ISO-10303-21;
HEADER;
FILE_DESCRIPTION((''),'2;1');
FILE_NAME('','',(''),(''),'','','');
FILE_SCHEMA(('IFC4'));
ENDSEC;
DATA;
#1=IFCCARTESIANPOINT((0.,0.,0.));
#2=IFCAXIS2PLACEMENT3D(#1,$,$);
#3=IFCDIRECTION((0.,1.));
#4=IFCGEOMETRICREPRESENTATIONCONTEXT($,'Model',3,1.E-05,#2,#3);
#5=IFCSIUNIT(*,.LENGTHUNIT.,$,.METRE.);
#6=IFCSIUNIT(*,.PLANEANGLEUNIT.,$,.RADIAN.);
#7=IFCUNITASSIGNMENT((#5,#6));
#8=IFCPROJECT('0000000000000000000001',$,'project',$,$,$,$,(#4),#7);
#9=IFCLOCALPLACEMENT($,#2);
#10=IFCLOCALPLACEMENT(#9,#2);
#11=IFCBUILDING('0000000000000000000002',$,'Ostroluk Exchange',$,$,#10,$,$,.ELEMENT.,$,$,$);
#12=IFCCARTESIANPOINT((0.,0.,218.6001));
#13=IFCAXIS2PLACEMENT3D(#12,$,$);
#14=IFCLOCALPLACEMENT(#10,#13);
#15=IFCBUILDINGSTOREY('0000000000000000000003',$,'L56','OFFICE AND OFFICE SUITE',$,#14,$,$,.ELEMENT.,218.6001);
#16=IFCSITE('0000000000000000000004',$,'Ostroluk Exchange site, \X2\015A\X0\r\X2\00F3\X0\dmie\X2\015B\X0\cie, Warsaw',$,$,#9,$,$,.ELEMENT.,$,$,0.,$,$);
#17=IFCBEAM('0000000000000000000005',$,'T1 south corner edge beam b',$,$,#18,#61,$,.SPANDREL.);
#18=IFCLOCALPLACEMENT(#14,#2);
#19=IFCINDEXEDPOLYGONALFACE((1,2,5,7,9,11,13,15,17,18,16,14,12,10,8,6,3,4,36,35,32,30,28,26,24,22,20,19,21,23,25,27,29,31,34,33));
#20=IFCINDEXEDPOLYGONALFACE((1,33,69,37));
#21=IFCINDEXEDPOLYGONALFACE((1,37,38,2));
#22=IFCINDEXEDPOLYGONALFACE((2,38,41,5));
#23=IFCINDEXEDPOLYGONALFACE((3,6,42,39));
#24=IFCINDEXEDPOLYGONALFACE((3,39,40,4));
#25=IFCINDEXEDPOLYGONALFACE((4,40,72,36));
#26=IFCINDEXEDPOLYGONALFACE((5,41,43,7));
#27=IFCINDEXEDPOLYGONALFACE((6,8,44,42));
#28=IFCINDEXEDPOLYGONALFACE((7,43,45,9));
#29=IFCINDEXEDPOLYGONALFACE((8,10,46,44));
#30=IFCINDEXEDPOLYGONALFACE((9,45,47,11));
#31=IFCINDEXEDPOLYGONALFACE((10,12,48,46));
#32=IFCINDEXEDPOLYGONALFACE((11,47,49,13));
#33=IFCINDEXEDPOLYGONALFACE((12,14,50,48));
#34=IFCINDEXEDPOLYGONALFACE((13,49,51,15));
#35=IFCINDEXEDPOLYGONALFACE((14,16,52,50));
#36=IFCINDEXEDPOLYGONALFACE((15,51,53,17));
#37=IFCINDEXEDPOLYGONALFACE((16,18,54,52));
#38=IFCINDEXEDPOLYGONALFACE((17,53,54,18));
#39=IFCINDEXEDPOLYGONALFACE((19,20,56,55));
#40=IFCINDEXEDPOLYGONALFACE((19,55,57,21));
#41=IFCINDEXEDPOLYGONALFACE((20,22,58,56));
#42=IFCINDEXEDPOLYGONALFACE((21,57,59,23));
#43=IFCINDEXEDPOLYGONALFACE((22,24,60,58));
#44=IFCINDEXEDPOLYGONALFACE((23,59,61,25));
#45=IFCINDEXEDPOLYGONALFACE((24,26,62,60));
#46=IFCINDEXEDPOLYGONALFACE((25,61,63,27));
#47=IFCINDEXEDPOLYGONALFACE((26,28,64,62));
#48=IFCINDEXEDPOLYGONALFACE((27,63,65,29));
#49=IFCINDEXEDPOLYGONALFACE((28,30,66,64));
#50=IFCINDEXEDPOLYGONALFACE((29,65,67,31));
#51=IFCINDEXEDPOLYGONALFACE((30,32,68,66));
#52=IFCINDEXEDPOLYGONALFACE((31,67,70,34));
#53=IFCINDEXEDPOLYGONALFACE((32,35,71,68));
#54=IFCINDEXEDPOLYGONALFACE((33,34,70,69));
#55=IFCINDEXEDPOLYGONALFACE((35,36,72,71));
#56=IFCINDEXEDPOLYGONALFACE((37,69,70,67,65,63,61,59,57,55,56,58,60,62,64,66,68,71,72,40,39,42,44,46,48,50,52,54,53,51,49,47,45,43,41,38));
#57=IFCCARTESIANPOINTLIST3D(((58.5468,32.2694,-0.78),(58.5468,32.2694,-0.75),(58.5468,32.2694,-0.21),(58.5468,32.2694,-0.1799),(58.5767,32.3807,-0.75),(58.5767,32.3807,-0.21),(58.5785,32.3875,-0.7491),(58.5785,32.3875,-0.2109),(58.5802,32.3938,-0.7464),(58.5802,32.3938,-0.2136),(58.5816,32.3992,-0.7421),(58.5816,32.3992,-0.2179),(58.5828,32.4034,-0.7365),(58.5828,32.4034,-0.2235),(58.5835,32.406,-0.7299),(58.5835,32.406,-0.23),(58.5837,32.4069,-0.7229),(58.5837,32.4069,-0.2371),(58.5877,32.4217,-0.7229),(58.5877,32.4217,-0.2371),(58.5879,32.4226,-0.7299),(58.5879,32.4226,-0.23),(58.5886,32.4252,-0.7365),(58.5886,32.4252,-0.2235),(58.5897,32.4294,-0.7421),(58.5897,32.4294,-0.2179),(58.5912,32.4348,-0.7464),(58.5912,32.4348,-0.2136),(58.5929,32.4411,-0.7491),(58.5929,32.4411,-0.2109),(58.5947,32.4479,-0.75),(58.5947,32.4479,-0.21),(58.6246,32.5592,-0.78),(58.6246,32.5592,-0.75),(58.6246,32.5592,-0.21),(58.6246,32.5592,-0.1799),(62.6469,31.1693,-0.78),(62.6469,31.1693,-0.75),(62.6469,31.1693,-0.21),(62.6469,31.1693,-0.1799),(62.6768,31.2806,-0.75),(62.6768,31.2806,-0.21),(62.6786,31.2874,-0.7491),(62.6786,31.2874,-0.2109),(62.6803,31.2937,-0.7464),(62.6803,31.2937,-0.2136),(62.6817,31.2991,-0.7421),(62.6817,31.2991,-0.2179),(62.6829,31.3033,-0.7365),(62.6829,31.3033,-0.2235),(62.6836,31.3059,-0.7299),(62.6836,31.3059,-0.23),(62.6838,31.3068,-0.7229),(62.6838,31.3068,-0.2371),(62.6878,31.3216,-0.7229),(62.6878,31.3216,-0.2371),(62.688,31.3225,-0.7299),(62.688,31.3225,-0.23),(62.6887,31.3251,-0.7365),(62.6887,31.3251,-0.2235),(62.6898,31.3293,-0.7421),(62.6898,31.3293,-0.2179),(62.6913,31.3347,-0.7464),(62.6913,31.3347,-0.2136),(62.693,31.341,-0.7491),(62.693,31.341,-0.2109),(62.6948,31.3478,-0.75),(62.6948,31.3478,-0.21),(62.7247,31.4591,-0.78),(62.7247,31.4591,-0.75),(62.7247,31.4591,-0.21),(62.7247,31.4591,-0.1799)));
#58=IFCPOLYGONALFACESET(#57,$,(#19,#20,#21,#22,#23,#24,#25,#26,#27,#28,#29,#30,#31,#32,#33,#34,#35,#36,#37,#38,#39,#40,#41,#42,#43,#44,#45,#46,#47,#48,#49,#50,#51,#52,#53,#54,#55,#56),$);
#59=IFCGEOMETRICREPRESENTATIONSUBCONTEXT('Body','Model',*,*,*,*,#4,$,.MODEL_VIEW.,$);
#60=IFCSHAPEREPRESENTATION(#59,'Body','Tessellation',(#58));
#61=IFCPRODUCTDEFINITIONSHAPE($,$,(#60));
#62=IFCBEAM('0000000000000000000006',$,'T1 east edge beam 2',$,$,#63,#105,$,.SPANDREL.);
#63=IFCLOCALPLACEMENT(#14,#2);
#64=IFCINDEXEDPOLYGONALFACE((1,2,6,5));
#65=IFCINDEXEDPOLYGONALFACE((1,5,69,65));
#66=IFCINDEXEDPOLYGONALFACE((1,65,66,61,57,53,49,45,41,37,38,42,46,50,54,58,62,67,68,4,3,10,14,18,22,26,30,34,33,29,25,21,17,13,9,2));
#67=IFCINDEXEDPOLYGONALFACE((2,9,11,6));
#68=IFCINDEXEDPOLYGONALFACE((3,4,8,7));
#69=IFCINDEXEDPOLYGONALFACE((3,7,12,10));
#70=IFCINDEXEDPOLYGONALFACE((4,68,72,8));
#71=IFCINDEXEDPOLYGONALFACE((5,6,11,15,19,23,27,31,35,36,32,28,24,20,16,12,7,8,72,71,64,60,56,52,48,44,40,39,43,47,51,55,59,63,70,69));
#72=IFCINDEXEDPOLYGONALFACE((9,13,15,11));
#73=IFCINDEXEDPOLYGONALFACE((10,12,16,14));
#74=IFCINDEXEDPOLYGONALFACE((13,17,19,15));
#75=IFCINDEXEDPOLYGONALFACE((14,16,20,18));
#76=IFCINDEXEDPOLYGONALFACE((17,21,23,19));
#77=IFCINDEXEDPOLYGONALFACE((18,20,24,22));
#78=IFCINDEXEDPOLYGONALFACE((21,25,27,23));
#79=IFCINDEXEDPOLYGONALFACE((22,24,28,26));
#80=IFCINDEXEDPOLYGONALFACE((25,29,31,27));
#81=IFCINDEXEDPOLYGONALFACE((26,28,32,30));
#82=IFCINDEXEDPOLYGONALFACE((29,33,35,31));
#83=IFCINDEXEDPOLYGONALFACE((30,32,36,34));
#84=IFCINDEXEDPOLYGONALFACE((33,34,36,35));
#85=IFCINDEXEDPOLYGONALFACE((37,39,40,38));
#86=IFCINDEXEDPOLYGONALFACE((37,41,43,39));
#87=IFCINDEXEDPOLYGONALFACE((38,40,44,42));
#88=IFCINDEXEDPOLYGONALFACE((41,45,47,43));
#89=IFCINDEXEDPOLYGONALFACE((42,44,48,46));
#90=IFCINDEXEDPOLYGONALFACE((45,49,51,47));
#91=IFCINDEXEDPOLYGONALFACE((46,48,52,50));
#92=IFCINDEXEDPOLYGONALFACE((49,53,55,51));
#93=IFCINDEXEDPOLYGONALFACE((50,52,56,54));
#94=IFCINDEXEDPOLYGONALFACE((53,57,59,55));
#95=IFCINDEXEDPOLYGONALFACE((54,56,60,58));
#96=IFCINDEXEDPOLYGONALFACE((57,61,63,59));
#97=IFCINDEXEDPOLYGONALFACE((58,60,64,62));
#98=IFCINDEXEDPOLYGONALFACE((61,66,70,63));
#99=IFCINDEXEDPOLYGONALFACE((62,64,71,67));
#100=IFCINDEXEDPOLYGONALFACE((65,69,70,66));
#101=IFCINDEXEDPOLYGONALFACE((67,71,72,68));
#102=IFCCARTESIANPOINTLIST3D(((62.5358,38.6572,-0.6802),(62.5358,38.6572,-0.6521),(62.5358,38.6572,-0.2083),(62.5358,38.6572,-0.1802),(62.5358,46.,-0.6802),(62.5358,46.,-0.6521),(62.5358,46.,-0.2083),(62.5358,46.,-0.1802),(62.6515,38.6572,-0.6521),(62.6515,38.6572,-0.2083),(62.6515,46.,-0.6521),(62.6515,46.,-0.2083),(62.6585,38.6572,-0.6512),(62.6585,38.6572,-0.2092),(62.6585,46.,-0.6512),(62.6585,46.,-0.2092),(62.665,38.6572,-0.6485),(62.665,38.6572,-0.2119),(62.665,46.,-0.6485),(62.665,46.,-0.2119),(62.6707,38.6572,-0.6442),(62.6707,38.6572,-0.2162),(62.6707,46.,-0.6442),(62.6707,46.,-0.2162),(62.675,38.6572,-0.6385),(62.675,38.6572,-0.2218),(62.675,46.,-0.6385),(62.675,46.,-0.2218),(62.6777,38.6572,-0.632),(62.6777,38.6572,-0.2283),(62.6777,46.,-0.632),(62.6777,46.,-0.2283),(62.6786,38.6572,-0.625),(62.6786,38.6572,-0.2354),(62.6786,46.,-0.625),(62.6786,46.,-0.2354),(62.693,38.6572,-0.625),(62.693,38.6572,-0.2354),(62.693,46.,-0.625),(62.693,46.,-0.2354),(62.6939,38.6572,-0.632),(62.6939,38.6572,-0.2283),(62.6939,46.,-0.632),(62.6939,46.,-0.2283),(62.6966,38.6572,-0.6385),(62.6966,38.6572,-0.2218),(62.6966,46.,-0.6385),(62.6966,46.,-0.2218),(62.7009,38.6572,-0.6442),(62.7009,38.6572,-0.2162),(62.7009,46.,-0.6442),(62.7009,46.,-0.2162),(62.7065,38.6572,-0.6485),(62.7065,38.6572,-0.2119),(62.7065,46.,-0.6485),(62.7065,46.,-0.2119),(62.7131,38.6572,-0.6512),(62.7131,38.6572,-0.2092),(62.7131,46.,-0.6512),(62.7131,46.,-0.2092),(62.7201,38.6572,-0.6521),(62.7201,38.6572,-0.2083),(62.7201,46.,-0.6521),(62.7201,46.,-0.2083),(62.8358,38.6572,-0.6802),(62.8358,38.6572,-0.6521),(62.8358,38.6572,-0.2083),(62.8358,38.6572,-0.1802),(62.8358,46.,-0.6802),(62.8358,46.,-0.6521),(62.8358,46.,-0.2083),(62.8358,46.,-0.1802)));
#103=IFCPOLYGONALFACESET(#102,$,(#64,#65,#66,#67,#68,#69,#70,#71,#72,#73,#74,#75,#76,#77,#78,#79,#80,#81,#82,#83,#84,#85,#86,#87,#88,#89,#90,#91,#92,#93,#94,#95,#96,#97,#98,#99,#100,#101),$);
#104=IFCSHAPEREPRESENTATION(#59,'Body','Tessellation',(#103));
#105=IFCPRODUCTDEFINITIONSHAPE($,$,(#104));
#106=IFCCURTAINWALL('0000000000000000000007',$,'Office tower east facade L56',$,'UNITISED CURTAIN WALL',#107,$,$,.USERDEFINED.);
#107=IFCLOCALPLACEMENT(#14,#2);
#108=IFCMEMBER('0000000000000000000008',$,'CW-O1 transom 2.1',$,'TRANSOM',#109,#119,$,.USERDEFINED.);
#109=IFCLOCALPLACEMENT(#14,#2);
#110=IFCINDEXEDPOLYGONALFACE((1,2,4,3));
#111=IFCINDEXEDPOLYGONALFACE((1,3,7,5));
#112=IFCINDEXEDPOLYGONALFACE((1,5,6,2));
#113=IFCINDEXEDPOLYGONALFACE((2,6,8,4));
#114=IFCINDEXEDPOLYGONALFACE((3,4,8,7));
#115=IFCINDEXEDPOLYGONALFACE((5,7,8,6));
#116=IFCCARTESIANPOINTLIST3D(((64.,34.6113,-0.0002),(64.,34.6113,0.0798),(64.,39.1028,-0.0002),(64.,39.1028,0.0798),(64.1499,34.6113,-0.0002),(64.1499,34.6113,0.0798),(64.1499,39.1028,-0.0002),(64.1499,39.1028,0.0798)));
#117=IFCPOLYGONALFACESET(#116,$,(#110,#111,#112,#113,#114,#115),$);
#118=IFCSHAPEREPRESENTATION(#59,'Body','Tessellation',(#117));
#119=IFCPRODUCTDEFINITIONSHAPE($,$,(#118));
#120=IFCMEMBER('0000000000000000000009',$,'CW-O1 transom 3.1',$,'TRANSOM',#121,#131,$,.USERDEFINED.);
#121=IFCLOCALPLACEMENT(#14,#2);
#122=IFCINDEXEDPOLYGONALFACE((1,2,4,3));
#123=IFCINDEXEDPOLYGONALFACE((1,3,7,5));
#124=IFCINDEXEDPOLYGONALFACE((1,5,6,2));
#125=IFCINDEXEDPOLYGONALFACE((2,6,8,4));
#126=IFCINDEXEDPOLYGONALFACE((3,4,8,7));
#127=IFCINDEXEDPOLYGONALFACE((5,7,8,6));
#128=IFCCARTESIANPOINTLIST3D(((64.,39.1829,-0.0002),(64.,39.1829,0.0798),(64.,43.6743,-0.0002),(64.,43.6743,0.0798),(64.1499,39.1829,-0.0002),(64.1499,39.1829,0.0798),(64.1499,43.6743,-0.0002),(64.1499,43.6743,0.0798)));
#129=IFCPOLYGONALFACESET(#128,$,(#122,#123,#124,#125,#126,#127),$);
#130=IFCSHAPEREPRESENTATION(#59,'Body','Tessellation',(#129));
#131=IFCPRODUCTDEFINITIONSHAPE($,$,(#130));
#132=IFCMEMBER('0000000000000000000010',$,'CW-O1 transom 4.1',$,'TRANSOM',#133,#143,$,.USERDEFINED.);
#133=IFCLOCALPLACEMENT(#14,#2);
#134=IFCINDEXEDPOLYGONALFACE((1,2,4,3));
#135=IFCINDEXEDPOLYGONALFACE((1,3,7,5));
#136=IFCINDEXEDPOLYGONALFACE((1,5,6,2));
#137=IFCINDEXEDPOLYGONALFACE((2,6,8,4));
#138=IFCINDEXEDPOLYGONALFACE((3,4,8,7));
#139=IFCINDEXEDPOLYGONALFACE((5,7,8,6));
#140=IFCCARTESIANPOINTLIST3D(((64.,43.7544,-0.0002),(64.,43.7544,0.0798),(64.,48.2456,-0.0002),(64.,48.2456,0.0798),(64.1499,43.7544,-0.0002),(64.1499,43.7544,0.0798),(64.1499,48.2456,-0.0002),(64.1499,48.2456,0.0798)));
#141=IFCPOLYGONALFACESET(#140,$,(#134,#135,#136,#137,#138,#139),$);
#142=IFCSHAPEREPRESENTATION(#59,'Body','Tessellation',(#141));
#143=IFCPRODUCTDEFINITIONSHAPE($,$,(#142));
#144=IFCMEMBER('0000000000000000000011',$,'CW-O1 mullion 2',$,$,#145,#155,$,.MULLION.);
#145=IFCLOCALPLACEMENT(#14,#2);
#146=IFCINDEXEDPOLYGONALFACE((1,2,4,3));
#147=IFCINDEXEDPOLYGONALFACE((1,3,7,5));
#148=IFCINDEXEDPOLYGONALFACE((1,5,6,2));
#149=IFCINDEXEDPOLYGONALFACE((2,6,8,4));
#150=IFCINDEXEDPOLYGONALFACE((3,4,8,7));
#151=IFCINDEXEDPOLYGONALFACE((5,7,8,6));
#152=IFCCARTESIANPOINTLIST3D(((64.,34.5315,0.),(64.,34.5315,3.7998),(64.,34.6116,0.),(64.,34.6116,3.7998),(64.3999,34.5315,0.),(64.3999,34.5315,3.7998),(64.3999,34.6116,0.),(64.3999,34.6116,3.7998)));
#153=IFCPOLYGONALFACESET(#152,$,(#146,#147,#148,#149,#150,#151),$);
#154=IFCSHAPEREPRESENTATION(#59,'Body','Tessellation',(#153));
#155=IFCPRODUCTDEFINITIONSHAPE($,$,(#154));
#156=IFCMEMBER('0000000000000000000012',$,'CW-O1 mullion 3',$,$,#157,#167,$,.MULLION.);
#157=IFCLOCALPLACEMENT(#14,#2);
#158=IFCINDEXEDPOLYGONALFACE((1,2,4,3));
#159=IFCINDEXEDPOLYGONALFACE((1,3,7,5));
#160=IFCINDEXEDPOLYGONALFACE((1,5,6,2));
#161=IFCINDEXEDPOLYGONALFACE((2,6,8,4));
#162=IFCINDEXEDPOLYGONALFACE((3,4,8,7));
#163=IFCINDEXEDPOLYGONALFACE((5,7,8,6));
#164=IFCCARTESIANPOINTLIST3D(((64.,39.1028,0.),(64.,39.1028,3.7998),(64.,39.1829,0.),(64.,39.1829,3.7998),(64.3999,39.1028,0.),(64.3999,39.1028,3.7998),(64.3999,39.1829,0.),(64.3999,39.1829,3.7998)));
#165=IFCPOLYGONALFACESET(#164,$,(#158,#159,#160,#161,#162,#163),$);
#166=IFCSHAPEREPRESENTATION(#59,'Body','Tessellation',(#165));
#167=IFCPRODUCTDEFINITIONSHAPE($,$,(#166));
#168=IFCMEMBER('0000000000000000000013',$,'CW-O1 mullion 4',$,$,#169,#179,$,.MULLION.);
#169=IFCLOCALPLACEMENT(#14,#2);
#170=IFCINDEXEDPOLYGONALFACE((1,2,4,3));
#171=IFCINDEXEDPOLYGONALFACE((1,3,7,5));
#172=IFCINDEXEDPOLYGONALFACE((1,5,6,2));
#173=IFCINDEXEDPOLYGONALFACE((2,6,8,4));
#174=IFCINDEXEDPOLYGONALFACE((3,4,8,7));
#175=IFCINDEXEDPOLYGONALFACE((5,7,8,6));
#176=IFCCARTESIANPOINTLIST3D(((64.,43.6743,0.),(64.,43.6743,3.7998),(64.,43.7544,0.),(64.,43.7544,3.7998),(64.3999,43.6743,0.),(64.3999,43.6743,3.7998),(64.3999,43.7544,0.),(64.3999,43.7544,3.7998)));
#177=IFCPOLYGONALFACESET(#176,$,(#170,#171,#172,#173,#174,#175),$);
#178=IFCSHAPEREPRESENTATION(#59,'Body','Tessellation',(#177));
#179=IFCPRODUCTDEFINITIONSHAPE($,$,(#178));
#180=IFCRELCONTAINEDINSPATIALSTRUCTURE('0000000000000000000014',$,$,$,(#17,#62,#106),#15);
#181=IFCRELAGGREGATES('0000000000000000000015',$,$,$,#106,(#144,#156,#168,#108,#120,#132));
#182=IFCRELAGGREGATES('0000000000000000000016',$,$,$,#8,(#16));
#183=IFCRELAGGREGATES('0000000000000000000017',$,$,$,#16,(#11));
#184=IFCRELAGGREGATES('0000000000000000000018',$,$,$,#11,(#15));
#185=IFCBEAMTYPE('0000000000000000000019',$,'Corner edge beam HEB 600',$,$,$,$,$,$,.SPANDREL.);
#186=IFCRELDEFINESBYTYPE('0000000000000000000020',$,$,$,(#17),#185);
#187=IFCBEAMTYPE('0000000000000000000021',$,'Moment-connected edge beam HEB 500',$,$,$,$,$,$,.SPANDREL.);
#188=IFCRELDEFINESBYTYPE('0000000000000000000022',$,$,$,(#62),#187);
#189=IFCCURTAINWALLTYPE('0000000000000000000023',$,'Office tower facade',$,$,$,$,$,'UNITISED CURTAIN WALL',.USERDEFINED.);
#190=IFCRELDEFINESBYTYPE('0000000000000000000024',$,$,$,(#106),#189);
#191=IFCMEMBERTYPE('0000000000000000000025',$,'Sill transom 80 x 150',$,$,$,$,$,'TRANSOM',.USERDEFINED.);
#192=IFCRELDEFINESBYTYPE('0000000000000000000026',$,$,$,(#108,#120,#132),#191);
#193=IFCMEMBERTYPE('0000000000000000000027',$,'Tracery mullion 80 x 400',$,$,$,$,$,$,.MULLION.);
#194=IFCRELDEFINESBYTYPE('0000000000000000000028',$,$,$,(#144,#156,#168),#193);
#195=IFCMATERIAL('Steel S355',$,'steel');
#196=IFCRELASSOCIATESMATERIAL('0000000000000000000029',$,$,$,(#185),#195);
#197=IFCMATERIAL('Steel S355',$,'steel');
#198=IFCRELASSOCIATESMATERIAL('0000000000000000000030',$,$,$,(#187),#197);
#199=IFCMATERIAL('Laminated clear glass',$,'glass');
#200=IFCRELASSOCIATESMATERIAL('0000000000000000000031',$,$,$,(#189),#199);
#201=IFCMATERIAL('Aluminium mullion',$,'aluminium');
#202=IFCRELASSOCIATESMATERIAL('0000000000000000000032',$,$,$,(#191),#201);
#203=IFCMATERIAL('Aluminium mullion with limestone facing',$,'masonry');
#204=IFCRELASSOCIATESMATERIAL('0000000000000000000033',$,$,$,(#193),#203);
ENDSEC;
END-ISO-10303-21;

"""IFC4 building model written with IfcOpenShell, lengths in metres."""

from ifc_helpers import new_model, si_unit, direction, frame, origin, origin_2d, place, context, subcontext, project, spatial, rectangle, i_section, extrude, material, material_profile, profile_set, type_object, element, aggregate, save


model = new_model("IFC4")

# Units and contexts
model_context = context("Model", 3, precision=1e-05, world=origin(), true_north=direction((0.0, 1.0)))
body_context = subcontext(model_context, "Body", "Model", "MODEL_VIEW")
ifc_project = project(units=[si_unit("LENGTHUNIT", "METRE"), si_unit("PLANEANGLEUNIT", "RADIAN")], contexts=[model_context])

# Site, building, storey
site_placement = place(None, origin())
site = spatial("IfcSite", under=ifc_project, at=site_placement, Name="Ostroluk Exchange site, Śródmieście, Warsaw", CompositionType="ELEMENT", RefElevation=0.0)
building_placement = place(site_placement, origin())
building = spatial("IfcBuilding", under=site, at=building_placement, Name="Ostroluk Exchange", CompositionType="ELEMENT")
storey_placement = place(building_placement, frame((0.0, 0.0, 218.6001)))
storey = spatial("IfcBuildingStorey", under=building, at=storey_placement, Name="L56", Description="OFFICE AND OFFICE SUITE", CompositionType="ELEMENT", Elevation=218.6001)

# Beams
ifc_material_1 = material(Name="Steel S355", Category="steel")
ifc_material_profile_1 = material_profile(ifc_material_1, i_section(OverallWidth=0.3, OverallDepth=0.6001, WebThickness=0.0154, FlangeThickness=0.03, FilletRadius=0.0271, at=origin_2d()), Name="HEB 600")
ifc_profile_set_1 = profile_set([ifc_material_profile_1], Name="Steel S355")
beam_type_1 = type_object("IfcBeamType", Name="Corner edge beam HEB 600", PredefinedType="SPANDREL", material=ifc_profile_set_1)
for number, where, z_axis, x_axis, name in (
    (1, (58.5857, 32.4143, -0.48), (0.965839, -0.259144, 0.0), (0.259144, 0.965839, 0.0), "T1 south corner edge beam b"),
):
    element("IfcBeam", number, at=place(storey_placement, frame(where, z_axis=z_axis, x_axis=x_axis)), inside=storey, type_object=beam_type_1, Name=name, PredefinedType="SPANDREL", context=body_context, shape_type="SweptSolid", body=[
        extrude(i_section(OverallWidth=0.3, OverallDepth=0.6001, WebThickness=0.0154, FlangeThickness=0.03, FilletRadius=0.0271, at=origin_2d()), origin(), (0.0, 0.0, 1.0), 4.2451),
    ])
ifc_material_2 = material(Name="Steel S355", Category="steel")
ifc_material_profile_2 = material_profile(ifc_material_2, i_section(OverallWidth=0.3, OverallDepth=0.5, WebThickness=0.0144, FlangeThickness=0.0281, FilletRadius=0.0271, at=origin_2d()), Name="HEB 500")
ifc_profile_set_2 = profile_set([ifc_material_profile_2], Name="Steel S355")
beam_type_2 = type_object("IfcBeamType", Name="Moment-connected edge beam HEB 500", PredefinedType="SPANDREL", material=ifc_profile_set_2)
beam_1_placement = place(storey_placement, frame((62.6858, 38.6572, -0.4302), z_axis=(0.0, 1.0, 0.0), x_axis=(-1.0, 0.0, 0.0)))
element("IfcBeam", 2, at=beam_1_placement, inside=storey, type_object=beam_type_2, Name="T1 east edge beam 2", PredefinedType="SPANDREL", context=body_context, shape_type="SweptSolid", body=[
    extrude(i_section(OverallWidth=0.3, OverallDepth=0.5, WebThickness=0.0144, FlangeThickness=0.0281, FilletRadius=0.0271, at=origin_2d()), origin(), (0.0, 0.0, 1.0), 7.3428),
])

# Curtain wall, members
ifc_material_3 = material(Name="Laminated clear glass", Category="glass")
curtain_wall_type = type_object("IfcCurtainWallType", Name="Office tower facade", ElementType="UNITISED CURTAIN WALL", PredefinedType="USERDEFINED", material=ifc_material_3)
curtain_wall_placement = place(storey_placement, origin())
curtain_wall = element("IfcCurtainWall", 3, at=curtain_wall_placement, inside=storey, type_object=curtain_wall_type, Name="Office tower east facade L56", ObjectType="UNITISED CURTAIN WALL", PredefinedType="USERDEFINED")
ifc_material_4 = material(Name="Aluminium mullion", Category="aluminium")
ifc_material_profile_3 = material_profile(ifc_material_4, rectangle(XDim=0.1499, YDim=0.0801, at=origin_2d()), Name="Sill transom 80 x 150")
ifc_profile_set_3 = profile_set([ifc_material_profile_3], Name="Aluminium mullion")
member_type_1 = type_object("IfcMemberType", Name="Sill transom 80 x 150", ElementType="TRANSOM", PredefinedType="USERDEFINED", material=ifc_profile_set_3)
member_1_placement = place(storey_placement, frame((64.075, 34.6113, 0.0398), z_axis=(0.0, 1.0, 0.0), x_axis=(-1.0, 0.0, 0.0)))
member_1 = element("IfcMember", 4, at=member_1_placement, type_object=member_type_1, Name="CW-O1 transom 2.1", ObjectType="TRANSOM", PredefinedType="USERDEFINED", context=body_context, shape_type="SweptSolid", body=[
    extrude(rectangle(XDim=0.1499, YDim=0.0801, at=origin_2d()), origin(), (0.0, 0.0, 1.0), 4.4915),
])
member_2_placement = place(storey_placement, frame((64.075, 39.1829, 0.0398), z_axis=(0.0, 1.0, 0.0), x_axis=(-1.0, 0.0, 0.0)))
member_2 = element("IfcMember", 5, at=member_2_placement, type_object=member_type_1, Name="CW-O1 transom 3.1", ObjectType="TRANSOM", PredefinedType="USERDEFINED", context=body_context, shape_type="SweptSolid", body=[
    extrude(rectangle(XDim=0.1499, YDim=0.0801, at=origin_2d()), origin(), (0.0, 0.0, 1.0), 4.4915),
])
member_3_placement = place(storey_placement, frame((64.075, 43.7544, 0.0398), z_axis=(0.0, 1.0, 0.0), x_axis=(-1.0, 0.0, 0.0)))
member_3 = element("IfcMember", 6, at=member_3_placement, type_object=member_type_1, Name="CW-O1 transom 4.1", ObjectType="TRANSOM", PredefinedType="USERDEFINED", context=body_context, shape_type="SweptSolid", body=[
    extrude(rectangle(XDim=0.1499, YDim=0.0801, at=origin_2d()), origin(), (0.0, 0.0, 1.0), 4.4912),
])
ifc_material_5 = material(Name="Aluminium mullion with limestone facing", Category="masonry")
ifc_material_profile_4 = material_profile(ifc_material_5, rectangle(XDim=0.3999, YDim=0.0801, at=origin_2d()), Name="Tracery mullion 80 x 400")
ifc_profile_set_4 = profile_set([ifc_material_profile_4], Name="Aluminium mullion with limestone facing")
member_type_2 = type_object("IfcMemberType", Name="Tracery mullion 80 x 400", PredefinedType="MULLION", material=ifc_profile_set_4)
member_4_placement = place(storey_placement, frame((64.2, 34.5715, 0.0), z_axis=(0.0, 0.0, 1.0), x_axis=(-1.0, 0.0, 0.0)))
member_4 = element("IfcMember", 7, at=member_4_placement, type_object=member_type_2, Name="CW-O1 mullion 2", PredefinedType="MULLION", context=body_context, shape_type="SweptSolid", body=[
    extrude(rectangle(XDim=0.3999, YDim=0.0801, at=origin_2d()), origin(), (0.0, 0.0, 1.0), 3.7998),
])
member_5_placement = place(storey_placement, frame((64.2, 39.1428, 0.0), z_axis=(0.0, 0.0, 1.0), x_axis=(-1.0, 0.0, 0.0)))
member_5 = element("IfcMember", 8, at=member_5_placement, type_object=member_type_2, Name="CW-O1 mullion 3", PredefinedType="MULLION", context=body_context, shape_type="SweptSolid", body=[
    extrude(rectangle(XDim=0.3999, YDim=0.0801, at=origin_2d()), origin(), (0.0, 0.0, 1.0), 3.7998),
])
member_6_placement = place(storey_placement, frame((64.2, 43.7144, 0.0), z_axis=(0.0, 0.0, 1.0), x_axis=(-1.0, 0.0, 0.0)))
member_6 = element("IfcMember", 9, at=member_6_placement, type_object=member_type_2, Name="CW-O1 mullion 4", PredefinedType="MULLION", context=body_context, shape_type="SweptSolid", body=[
    extrude(rectangle(XDim=0.3999, YDim=0.0801, at=origin_2d()), origin(), (0.0, 0.0, 1.0), 3.7998),
])
aggregate(curtain_wall, [member_4, member_5, member_6, member_1, member_2, member_3])

save(model, "model.ifc")
